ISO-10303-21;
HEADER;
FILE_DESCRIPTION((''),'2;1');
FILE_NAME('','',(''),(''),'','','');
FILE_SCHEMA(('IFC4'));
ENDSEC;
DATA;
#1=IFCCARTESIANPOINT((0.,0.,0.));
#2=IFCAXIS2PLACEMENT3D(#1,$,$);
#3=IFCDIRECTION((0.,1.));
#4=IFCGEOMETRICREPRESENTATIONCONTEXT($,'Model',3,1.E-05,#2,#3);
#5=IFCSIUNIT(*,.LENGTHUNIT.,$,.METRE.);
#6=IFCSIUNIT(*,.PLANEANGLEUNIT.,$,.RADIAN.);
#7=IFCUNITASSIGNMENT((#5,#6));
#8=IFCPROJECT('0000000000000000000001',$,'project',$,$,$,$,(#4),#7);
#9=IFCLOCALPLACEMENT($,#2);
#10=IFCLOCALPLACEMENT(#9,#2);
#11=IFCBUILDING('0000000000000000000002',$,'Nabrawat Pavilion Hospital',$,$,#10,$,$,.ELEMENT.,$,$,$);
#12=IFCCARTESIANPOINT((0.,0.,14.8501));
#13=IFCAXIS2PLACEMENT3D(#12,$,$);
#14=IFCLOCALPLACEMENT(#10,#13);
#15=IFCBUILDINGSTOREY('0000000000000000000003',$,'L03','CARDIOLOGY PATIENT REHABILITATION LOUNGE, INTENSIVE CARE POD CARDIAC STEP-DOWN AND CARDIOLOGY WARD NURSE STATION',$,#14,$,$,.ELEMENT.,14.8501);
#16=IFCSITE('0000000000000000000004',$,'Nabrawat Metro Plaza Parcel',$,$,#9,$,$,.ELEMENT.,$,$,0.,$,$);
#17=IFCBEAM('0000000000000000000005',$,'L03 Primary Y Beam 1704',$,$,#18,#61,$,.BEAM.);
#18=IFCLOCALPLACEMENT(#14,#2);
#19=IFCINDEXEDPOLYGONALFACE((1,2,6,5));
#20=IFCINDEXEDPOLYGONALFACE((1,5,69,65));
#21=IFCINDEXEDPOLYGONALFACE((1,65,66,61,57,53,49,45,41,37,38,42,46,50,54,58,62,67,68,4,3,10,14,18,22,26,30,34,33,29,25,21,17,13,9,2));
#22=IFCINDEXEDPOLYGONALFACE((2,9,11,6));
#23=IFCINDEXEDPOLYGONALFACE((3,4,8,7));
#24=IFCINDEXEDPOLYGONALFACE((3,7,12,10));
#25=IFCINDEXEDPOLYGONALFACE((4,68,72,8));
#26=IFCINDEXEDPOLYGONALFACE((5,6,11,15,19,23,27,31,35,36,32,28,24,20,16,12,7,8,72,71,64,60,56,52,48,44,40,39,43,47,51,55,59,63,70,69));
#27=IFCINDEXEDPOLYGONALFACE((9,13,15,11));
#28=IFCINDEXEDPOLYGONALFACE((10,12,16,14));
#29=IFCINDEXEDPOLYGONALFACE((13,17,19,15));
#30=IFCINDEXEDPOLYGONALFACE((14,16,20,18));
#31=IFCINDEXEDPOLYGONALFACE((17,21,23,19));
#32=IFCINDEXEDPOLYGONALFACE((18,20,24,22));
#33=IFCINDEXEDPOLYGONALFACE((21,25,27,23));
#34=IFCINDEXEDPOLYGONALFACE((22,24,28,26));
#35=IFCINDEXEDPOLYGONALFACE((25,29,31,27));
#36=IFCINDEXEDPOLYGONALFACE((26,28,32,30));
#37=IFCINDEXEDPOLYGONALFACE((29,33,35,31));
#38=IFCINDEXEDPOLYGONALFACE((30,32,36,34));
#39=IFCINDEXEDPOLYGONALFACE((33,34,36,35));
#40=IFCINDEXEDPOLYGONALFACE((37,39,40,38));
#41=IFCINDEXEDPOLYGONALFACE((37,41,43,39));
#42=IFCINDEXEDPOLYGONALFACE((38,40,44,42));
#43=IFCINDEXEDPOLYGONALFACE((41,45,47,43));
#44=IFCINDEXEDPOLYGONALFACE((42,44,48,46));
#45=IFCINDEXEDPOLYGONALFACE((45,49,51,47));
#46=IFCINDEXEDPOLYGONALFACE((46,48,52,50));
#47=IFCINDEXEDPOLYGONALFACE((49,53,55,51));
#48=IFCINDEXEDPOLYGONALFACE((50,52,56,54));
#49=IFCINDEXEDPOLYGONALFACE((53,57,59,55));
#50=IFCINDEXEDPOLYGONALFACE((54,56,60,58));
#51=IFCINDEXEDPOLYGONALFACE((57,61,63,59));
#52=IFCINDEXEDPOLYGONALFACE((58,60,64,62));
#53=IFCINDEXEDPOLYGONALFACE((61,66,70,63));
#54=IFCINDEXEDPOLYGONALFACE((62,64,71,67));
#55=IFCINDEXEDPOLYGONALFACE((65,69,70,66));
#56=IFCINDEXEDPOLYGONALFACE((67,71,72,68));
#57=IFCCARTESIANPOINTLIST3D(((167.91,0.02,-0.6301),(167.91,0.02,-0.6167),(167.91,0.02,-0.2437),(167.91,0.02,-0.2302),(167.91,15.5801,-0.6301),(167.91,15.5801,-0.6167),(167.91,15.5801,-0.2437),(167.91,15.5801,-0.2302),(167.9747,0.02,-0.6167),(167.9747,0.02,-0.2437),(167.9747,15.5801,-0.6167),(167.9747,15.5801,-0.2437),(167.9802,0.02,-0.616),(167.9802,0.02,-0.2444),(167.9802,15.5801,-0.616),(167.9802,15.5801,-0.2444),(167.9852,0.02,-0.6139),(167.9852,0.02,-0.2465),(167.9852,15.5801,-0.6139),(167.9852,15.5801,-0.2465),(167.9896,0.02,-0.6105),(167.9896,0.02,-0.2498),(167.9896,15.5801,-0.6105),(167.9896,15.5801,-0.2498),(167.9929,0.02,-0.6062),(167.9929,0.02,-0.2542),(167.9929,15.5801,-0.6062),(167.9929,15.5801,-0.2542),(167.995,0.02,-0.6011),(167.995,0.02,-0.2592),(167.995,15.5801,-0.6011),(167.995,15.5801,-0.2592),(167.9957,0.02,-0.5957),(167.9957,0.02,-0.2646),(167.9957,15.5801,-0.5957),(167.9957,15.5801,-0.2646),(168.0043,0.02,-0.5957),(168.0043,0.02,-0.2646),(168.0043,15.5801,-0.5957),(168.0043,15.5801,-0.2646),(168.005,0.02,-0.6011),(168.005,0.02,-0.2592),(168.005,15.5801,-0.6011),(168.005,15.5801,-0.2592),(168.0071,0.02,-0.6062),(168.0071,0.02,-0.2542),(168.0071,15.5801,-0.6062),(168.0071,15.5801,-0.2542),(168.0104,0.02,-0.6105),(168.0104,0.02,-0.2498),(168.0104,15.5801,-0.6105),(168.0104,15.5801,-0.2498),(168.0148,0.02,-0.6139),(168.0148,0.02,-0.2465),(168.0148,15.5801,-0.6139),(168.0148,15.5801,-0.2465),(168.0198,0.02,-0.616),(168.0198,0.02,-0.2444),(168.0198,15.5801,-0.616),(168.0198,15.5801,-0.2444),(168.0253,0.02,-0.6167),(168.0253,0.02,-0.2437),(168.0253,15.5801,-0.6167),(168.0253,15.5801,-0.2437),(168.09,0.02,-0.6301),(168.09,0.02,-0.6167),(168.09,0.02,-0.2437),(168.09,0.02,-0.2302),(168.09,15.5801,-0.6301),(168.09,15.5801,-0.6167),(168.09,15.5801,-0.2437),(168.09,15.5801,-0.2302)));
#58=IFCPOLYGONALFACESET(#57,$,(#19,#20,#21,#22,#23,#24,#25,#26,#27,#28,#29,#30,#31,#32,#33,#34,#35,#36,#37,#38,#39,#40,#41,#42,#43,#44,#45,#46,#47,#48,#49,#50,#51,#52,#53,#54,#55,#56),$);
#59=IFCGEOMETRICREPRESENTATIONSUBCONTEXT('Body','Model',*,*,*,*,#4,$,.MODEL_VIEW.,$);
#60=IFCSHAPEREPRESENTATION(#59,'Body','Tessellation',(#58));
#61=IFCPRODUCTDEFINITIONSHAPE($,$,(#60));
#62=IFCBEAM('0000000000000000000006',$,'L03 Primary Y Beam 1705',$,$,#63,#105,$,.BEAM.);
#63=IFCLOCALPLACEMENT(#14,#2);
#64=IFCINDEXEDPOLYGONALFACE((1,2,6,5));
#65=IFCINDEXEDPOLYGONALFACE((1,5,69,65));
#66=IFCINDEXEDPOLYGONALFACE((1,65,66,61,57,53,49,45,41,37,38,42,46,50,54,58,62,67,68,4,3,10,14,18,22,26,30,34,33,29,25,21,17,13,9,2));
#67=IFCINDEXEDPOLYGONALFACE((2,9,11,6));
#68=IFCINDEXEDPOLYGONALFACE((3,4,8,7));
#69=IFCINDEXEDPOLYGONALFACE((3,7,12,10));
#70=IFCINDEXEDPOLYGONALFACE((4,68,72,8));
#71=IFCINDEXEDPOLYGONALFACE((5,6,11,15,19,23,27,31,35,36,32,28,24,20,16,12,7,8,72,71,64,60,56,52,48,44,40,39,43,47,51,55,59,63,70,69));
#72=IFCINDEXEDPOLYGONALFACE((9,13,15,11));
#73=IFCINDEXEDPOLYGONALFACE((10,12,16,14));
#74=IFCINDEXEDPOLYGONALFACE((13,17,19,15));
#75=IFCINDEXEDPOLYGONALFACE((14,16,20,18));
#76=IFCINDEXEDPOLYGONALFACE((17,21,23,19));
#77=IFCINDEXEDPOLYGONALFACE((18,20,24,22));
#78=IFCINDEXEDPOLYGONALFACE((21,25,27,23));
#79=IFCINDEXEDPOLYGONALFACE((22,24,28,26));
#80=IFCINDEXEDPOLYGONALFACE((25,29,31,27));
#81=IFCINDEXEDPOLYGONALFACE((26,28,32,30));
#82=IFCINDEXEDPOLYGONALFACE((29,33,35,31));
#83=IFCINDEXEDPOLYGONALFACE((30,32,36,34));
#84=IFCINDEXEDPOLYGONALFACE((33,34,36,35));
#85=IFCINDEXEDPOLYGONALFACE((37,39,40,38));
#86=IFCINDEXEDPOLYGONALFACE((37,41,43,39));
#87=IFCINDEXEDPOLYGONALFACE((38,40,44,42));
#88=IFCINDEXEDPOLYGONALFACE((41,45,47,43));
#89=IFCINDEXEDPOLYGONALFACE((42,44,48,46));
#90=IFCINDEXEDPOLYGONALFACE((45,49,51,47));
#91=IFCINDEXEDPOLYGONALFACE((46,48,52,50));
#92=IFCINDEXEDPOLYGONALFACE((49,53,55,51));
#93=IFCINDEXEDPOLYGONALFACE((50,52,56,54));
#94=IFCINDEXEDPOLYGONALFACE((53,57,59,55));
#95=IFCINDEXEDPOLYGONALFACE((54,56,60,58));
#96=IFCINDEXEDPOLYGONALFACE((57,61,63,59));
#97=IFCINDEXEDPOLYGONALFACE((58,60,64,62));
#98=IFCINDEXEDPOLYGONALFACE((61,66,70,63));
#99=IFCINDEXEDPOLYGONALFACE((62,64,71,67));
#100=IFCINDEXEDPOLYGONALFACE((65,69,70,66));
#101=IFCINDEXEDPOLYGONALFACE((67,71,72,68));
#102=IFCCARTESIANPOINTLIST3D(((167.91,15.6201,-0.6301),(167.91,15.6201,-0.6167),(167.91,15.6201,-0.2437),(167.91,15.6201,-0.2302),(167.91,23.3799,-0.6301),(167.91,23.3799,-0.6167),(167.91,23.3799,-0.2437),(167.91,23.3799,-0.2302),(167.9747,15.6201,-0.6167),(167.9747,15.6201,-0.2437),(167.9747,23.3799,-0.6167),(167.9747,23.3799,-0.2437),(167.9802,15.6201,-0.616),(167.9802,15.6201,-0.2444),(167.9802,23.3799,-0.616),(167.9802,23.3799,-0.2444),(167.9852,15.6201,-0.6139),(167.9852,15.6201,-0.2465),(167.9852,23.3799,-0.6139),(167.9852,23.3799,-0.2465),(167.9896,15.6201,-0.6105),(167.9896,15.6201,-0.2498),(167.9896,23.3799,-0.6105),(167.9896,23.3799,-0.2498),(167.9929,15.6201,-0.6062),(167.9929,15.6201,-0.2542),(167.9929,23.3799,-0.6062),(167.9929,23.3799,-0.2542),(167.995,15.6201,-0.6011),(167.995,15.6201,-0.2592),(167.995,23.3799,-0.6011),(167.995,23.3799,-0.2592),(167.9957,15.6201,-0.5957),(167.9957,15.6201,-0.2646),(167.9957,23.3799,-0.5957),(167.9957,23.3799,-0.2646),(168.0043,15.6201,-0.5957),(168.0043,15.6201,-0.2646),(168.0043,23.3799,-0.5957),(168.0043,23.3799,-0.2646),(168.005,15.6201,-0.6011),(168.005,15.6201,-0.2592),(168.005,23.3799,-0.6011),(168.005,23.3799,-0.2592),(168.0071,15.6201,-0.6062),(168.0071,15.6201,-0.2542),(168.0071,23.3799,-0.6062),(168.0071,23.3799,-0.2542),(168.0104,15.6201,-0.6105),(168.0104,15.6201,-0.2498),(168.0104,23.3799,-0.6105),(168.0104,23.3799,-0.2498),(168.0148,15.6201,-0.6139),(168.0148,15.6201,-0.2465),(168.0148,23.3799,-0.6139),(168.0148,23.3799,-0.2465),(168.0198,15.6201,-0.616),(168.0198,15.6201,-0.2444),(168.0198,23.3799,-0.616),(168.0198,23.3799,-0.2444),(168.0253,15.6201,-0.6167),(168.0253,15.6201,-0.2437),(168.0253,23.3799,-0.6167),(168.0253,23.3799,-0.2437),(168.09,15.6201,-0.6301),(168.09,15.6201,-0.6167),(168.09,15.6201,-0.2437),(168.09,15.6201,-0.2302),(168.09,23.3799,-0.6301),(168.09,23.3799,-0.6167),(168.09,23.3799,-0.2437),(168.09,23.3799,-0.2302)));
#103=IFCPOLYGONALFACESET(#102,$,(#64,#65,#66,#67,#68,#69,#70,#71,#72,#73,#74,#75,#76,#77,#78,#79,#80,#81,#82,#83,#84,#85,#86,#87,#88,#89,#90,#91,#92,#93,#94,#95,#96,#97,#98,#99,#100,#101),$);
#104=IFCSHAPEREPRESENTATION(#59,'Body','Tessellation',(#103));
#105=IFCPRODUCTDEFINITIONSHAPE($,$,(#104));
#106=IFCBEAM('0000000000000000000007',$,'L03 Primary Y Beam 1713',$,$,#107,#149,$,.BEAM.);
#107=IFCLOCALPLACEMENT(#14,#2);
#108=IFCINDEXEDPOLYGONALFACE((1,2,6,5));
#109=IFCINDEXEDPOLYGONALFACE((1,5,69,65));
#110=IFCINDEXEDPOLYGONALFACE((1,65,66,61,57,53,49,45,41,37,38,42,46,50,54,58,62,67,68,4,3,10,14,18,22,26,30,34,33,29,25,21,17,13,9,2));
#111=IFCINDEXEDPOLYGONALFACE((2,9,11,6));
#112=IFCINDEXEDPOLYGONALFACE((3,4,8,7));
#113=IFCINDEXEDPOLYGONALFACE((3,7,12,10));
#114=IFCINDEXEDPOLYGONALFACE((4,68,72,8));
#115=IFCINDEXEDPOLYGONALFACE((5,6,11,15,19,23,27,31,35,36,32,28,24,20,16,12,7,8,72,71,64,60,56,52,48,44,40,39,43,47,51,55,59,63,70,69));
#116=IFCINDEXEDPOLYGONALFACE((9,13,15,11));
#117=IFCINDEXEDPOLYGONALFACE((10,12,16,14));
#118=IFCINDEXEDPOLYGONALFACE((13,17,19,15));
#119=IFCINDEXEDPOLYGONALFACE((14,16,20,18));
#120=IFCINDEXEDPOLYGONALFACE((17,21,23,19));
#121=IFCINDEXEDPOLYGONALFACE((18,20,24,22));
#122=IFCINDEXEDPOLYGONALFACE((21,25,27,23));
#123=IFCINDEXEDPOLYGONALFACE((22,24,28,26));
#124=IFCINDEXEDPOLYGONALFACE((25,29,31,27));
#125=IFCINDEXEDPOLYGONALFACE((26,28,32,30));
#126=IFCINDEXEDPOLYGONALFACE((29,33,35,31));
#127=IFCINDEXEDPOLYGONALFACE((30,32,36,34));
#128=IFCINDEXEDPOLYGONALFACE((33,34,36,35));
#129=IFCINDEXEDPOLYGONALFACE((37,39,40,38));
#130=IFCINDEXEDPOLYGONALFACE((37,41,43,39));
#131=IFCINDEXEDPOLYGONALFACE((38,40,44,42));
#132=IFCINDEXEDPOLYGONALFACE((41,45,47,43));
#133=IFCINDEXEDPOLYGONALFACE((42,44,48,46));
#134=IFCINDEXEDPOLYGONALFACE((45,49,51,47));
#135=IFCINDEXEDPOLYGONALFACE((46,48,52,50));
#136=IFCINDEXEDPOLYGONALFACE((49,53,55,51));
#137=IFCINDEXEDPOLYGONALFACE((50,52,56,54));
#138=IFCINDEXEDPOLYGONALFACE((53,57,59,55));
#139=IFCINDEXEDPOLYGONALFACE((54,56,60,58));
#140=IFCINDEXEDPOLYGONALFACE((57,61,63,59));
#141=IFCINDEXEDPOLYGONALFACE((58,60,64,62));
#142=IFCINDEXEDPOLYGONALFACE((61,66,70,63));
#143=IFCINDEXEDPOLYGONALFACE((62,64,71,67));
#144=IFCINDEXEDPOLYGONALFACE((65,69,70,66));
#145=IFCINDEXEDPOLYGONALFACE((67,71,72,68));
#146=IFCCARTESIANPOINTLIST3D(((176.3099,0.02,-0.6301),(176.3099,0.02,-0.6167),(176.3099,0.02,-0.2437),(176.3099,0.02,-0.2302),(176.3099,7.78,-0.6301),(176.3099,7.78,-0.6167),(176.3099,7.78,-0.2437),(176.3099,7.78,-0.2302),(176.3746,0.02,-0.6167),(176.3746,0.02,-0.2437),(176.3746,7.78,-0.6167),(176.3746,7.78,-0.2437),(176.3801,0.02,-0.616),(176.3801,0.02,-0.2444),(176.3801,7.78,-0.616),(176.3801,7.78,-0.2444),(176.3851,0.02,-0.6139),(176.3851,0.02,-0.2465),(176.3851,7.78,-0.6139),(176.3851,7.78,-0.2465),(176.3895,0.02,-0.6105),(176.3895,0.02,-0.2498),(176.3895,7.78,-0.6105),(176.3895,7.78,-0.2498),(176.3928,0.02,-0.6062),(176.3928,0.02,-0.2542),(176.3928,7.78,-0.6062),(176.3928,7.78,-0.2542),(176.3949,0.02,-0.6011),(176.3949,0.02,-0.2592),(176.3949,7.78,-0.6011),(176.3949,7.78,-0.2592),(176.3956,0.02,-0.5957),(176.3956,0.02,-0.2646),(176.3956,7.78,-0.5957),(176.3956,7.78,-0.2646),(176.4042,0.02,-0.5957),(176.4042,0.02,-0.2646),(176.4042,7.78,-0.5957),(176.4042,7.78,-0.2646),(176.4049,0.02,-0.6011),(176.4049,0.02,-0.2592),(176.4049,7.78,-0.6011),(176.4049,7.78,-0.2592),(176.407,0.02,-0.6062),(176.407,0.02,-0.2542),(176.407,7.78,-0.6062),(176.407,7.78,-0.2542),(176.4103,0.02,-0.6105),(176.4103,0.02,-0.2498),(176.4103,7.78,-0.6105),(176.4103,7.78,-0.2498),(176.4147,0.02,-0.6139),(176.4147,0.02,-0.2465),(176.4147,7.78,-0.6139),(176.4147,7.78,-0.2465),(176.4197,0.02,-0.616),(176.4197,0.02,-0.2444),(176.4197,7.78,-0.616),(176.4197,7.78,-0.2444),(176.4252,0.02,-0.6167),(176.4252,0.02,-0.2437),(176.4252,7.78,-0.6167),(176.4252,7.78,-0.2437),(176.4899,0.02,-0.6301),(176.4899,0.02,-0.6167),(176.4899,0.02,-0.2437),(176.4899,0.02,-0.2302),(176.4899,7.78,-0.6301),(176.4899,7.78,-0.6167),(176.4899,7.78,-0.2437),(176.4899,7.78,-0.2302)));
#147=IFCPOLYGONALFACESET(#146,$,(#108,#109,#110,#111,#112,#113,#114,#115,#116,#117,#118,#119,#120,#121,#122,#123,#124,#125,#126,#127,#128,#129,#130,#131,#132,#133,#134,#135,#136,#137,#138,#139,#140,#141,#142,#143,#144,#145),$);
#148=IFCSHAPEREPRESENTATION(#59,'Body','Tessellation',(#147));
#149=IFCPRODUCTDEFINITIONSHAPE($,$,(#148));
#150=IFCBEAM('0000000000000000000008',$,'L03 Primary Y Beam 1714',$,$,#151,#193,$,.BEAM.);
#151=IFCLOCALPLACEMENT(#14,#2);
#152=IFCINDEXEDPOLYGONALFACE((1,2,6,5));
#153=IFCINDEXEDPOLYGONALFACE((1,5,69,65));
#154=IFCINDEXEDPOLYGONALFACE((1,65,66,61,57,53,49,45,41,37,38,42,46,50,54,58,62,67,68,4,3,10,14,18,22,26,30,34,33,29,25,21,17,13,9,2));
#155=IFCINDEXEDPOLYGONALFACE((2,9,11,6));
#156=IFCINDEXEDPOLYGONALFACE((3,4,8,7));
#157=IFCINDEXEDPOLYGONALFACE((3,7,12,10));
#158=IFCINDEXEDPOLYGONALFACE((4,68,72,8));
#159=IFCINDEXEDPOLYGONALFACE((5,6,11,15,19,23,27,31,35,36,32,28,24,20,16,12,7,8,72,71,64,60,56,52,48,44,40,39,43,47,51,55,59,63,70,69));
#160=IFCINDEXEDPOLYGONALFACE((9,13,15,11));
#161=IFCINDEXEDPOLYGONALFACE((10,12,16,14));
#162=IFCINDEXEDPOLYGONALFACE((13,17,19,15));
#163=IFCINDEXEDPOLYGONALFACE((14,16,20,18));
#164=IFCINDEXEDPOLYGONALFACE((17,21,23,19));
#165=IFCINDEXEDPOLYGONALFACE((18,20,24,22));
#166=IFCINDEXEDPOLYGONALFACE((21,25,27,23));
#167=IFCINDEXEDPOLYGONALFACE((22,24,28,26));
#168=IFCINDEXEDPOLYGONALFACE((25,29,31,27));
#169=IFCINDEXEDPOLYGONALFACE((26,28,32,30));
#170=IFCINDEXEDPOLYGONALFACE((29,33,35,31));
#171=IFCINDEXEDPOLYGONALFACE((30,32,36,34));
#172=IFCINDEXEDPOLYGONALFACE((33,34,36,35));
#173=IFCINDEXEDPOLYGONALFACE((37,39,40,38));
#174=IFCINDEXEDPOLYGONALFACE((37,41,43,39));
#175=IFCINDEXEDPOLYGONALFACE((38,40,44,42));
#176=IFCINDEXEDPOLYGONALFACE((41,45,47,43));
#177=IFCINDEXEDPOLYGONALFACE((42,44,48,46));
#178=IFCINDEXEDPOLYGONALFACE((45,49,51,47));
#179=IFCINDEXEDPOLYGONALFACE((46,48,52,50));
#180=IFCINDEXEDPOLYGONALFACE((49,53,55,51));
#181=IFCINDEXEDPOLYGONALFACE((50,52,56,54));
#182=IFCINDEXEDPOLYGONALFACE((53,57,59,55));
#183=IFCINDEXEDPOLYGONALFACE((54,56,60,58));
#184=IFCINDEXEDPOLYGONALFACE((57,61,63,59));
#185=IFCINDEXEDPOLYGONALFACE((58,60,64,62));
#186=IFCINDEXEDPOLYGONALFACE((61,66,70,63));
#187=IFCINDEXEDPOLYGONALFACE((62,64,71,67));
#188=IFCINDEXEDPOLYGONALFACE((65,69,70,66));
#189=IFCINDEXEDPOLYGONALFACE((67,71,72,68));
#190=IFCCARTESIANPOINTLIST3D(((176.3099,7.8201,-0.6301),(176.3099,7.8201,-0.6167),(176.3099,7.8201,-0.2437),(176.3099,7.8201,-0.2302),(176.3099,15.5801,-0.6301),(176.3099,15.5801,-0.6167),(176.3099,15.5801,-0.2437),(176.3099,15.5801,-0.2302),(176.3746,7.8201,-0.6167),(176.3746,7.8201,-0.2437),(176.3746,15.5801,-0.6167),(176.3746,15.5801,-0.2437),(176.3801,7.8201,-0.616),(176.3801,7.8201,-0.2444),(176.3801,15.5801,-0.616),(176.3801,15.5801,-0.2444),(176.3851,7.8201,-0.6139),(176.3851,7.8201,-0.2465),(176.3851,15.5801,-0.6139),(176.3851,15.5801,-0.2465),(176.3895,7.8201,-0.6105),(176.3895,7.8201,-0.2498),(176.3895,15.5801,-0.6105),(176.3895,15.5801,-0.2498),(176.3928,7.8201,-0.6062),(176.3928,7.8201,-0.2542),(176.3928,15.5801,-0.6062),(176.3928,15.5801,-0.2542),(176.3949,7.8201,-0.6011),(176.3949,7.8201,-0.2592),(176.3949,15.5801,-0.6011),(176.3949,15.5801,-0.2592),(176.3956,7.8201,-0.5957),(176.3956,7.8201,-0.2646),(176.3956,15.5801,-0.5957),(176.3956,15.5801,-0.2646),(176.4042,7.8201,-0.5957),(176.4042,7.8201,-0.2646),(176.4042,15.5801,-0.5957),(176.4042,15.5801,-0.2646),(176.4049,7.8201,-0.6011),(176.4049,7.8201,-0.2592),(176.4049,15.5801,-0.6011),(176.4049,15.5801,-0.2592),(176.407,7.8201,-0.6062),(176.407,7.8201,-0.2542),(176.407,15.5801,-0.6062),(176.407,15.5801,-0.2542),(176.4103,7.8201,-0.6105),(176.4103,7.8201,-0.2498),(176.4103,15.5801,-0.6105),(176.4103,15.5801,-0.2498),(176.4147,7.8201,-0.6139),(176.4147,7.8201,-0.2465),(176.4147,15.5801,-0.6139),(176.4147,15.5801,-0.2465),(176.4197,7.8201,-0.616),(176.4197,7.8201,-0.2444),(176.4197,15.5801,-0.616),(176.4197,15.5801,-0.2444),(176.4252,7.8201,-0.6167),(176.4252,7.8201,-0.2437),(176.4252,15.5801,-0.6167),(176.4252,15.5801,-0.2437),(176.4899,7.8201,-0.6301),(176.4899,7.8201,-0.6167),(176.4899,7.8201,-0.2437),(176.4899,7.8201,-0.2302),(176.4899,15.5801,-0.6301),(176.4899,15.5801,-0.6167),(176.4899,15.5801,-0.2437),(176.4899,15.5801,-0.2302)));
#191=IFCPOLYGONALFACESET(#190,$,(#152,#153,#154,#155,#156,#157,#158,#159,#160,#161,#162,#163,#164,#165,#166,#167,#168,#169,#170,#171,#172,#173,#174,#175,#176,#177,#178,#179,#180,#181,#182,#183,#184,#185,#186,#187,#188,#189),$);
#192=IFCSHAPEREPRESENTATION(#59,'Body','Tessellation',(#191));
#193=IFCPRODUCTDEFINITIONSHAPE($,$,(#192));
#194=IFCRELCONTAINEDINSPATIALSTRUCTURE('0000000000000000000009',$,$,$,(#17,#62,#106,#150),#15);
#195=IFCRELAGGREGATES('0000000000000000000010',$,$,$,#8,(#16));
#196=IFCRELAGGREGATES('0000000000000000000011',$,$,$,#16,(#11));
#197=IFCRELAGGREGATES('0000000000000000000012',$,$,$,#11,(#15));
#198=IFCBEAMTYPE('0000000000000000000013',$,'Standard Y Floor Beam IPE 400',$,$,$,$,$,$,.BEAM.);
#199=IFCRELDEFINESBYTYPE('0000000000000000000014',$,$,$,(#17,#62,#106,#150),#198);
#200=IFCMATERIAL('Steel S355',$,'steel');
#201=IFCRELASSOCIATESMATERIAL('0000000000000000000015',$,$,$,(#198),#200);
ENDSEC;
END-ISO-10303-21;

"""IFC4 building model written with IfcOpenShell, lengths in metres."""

from ifc_helpers import new_model, si_unit, direction, frame, origin, origin_2d, place, context, subcontext, project, spatial, i_section, extrude, material, material_profile, profile_set, type_object, element, save


model = new_model("IFC4")

# Units and contexts
model_context = context("Model", 3, precision=1e-05, world=origin(), true_north=direction((0.0, 1.0)))
body_context = subcontext(model_context, "Body", "Model", "MODEL_VIEW")
ifc_project = project(units=[si_unit("LENGTHUNIT", "METRE"), si_unit("PLANEANGLEUNIT", "RADIAN")], contexts=[model_context])

# Site, building, storey
site_placement = place(None, origin())
site = spatial("IfcSite", under=ifc_project, at=site_placement, Name="Nabrawat Metro Plaza Parcel", CompositionType="ELEMENT", RefElevation=0.0)
building_placement = place(site_placement, origin())
building = spatial("IfcBuilding", under=site, at=building_placement, Name="Nabrawat Pavilion Hospital", CompositionType="ELEMENT")
storey_placement = place(building_placement, frame((0.0, 0.0, 14.8501)))
storey = spatial("IfcBuildingStorey", under=building, at=storey_placement, Name="L03", Description="CARDIOLOGY PATIENT REHABILITATION LOUNGE, INTENSIVE CARE POD CARDIAC STEP-DOWN AND CARDIOLOGY WARD NURSE STATION", CompositionType="ELEMENT", Elevation=14.8501)

# Shared definitions
ifc_material_1 = material(Name="Steel S355", Category="steel")

# Beams
ifc_material_profile_1 = material_profile(ifc_material_1, i_section(OverallWidth=0.1799, OverallDepth=0.3999, WebThickness=0.0085, FlangeThickness=0.0134, FilletRadius=0.021, at=origin_2d()), Name="IPE 400")
ifc_profile_set_1 = profile_set([ifc_material_profile_1], Name="Steel S355")
beam_type_1 = type_object("IfcBeamType", Name="Standard Y Floor Beam IPE 400", PredefinedType="BEAM", material=ifc_profile_set_1)
beam_1_placement = place(storey_placement, frame((168.0, 0.02, -0.4302), z_axis=(0.0, 1.0, 0.0), x_axis=(-1.0, 0.0, 0.0)))
element("IfcBeam", 1, at=beam_1_placement, inside=storey, type_object=beam_type_1, Name="L03 Primary Y Beam 1704", PredefinedType="BEAM", context=body_context, shape_type="SweptSolid", body=[
    extrude(i_section(OverallWidth=0.1799, OverallDepth=0.3999, WebThickness=0.0085, FlangeThickness=0.0134, FilletRadius=0.021, at=origin_2d()), origin(), (0.0, 0.0, 1.0), 15.5601),
])
beam_2_placement = place(storey_placement, frame((168.0, 15.6201, -0.4302), z_axis=(0.0, 1.0, 0.0), x_axis=(-1.0, 0.0, 0.0)))
element("IfcBeam", 2, at=beam_2_placement, inside=storey, type_object=beam_type_1, Name="L03 Primary Y Beam 1705", PredefinedType="BEAM", context=body_context, shape_type="SweptSolid", body=[
    extrude(i_section(OverallWidth=0.1799, OverallDepth=0.3999, WebThickness=0.0085, FlangeThickness=0.0134, FilletRadius=0.021, at=origin_2d()), origin(), (0.0, 0.0, 1.0), 7.7598),
])
for number, where, z_axis, x_axis, name in (
    (3, (176.3999, 0.02, -0.4302), (0.0, 1.0, 0.0), (-1.0, 0.0, 0.0), "L03 Primary Y Beam 1713"),
    (4, (176.3999, 7.8201, -0.4302), (0.0, 1.0, 0.0), (-1.0, 0.0, 0.0), "L03 Primary Y Beam 1714"),
):
    element("IfcBeam", number, at=place(storey_placement, frame(where, z_axis=z_axis, x_axis=x_axis)), inside=storey, type_object=beam_type_1, Name=name, PredefinedType="BEAM", context=body_context, shape_type="SweptSolid", body=[
        extrude(i_section(OverallWidth=0.1799, OverallDepth=0.3999, WebThickness=0.0085, FlangeThickness=0.0134, FilletRadius=0.021, at=origin_2d()), origin(), (0.0, 0.0, 1.0), 7.76),
    ])

save(model, "model.ifc")
